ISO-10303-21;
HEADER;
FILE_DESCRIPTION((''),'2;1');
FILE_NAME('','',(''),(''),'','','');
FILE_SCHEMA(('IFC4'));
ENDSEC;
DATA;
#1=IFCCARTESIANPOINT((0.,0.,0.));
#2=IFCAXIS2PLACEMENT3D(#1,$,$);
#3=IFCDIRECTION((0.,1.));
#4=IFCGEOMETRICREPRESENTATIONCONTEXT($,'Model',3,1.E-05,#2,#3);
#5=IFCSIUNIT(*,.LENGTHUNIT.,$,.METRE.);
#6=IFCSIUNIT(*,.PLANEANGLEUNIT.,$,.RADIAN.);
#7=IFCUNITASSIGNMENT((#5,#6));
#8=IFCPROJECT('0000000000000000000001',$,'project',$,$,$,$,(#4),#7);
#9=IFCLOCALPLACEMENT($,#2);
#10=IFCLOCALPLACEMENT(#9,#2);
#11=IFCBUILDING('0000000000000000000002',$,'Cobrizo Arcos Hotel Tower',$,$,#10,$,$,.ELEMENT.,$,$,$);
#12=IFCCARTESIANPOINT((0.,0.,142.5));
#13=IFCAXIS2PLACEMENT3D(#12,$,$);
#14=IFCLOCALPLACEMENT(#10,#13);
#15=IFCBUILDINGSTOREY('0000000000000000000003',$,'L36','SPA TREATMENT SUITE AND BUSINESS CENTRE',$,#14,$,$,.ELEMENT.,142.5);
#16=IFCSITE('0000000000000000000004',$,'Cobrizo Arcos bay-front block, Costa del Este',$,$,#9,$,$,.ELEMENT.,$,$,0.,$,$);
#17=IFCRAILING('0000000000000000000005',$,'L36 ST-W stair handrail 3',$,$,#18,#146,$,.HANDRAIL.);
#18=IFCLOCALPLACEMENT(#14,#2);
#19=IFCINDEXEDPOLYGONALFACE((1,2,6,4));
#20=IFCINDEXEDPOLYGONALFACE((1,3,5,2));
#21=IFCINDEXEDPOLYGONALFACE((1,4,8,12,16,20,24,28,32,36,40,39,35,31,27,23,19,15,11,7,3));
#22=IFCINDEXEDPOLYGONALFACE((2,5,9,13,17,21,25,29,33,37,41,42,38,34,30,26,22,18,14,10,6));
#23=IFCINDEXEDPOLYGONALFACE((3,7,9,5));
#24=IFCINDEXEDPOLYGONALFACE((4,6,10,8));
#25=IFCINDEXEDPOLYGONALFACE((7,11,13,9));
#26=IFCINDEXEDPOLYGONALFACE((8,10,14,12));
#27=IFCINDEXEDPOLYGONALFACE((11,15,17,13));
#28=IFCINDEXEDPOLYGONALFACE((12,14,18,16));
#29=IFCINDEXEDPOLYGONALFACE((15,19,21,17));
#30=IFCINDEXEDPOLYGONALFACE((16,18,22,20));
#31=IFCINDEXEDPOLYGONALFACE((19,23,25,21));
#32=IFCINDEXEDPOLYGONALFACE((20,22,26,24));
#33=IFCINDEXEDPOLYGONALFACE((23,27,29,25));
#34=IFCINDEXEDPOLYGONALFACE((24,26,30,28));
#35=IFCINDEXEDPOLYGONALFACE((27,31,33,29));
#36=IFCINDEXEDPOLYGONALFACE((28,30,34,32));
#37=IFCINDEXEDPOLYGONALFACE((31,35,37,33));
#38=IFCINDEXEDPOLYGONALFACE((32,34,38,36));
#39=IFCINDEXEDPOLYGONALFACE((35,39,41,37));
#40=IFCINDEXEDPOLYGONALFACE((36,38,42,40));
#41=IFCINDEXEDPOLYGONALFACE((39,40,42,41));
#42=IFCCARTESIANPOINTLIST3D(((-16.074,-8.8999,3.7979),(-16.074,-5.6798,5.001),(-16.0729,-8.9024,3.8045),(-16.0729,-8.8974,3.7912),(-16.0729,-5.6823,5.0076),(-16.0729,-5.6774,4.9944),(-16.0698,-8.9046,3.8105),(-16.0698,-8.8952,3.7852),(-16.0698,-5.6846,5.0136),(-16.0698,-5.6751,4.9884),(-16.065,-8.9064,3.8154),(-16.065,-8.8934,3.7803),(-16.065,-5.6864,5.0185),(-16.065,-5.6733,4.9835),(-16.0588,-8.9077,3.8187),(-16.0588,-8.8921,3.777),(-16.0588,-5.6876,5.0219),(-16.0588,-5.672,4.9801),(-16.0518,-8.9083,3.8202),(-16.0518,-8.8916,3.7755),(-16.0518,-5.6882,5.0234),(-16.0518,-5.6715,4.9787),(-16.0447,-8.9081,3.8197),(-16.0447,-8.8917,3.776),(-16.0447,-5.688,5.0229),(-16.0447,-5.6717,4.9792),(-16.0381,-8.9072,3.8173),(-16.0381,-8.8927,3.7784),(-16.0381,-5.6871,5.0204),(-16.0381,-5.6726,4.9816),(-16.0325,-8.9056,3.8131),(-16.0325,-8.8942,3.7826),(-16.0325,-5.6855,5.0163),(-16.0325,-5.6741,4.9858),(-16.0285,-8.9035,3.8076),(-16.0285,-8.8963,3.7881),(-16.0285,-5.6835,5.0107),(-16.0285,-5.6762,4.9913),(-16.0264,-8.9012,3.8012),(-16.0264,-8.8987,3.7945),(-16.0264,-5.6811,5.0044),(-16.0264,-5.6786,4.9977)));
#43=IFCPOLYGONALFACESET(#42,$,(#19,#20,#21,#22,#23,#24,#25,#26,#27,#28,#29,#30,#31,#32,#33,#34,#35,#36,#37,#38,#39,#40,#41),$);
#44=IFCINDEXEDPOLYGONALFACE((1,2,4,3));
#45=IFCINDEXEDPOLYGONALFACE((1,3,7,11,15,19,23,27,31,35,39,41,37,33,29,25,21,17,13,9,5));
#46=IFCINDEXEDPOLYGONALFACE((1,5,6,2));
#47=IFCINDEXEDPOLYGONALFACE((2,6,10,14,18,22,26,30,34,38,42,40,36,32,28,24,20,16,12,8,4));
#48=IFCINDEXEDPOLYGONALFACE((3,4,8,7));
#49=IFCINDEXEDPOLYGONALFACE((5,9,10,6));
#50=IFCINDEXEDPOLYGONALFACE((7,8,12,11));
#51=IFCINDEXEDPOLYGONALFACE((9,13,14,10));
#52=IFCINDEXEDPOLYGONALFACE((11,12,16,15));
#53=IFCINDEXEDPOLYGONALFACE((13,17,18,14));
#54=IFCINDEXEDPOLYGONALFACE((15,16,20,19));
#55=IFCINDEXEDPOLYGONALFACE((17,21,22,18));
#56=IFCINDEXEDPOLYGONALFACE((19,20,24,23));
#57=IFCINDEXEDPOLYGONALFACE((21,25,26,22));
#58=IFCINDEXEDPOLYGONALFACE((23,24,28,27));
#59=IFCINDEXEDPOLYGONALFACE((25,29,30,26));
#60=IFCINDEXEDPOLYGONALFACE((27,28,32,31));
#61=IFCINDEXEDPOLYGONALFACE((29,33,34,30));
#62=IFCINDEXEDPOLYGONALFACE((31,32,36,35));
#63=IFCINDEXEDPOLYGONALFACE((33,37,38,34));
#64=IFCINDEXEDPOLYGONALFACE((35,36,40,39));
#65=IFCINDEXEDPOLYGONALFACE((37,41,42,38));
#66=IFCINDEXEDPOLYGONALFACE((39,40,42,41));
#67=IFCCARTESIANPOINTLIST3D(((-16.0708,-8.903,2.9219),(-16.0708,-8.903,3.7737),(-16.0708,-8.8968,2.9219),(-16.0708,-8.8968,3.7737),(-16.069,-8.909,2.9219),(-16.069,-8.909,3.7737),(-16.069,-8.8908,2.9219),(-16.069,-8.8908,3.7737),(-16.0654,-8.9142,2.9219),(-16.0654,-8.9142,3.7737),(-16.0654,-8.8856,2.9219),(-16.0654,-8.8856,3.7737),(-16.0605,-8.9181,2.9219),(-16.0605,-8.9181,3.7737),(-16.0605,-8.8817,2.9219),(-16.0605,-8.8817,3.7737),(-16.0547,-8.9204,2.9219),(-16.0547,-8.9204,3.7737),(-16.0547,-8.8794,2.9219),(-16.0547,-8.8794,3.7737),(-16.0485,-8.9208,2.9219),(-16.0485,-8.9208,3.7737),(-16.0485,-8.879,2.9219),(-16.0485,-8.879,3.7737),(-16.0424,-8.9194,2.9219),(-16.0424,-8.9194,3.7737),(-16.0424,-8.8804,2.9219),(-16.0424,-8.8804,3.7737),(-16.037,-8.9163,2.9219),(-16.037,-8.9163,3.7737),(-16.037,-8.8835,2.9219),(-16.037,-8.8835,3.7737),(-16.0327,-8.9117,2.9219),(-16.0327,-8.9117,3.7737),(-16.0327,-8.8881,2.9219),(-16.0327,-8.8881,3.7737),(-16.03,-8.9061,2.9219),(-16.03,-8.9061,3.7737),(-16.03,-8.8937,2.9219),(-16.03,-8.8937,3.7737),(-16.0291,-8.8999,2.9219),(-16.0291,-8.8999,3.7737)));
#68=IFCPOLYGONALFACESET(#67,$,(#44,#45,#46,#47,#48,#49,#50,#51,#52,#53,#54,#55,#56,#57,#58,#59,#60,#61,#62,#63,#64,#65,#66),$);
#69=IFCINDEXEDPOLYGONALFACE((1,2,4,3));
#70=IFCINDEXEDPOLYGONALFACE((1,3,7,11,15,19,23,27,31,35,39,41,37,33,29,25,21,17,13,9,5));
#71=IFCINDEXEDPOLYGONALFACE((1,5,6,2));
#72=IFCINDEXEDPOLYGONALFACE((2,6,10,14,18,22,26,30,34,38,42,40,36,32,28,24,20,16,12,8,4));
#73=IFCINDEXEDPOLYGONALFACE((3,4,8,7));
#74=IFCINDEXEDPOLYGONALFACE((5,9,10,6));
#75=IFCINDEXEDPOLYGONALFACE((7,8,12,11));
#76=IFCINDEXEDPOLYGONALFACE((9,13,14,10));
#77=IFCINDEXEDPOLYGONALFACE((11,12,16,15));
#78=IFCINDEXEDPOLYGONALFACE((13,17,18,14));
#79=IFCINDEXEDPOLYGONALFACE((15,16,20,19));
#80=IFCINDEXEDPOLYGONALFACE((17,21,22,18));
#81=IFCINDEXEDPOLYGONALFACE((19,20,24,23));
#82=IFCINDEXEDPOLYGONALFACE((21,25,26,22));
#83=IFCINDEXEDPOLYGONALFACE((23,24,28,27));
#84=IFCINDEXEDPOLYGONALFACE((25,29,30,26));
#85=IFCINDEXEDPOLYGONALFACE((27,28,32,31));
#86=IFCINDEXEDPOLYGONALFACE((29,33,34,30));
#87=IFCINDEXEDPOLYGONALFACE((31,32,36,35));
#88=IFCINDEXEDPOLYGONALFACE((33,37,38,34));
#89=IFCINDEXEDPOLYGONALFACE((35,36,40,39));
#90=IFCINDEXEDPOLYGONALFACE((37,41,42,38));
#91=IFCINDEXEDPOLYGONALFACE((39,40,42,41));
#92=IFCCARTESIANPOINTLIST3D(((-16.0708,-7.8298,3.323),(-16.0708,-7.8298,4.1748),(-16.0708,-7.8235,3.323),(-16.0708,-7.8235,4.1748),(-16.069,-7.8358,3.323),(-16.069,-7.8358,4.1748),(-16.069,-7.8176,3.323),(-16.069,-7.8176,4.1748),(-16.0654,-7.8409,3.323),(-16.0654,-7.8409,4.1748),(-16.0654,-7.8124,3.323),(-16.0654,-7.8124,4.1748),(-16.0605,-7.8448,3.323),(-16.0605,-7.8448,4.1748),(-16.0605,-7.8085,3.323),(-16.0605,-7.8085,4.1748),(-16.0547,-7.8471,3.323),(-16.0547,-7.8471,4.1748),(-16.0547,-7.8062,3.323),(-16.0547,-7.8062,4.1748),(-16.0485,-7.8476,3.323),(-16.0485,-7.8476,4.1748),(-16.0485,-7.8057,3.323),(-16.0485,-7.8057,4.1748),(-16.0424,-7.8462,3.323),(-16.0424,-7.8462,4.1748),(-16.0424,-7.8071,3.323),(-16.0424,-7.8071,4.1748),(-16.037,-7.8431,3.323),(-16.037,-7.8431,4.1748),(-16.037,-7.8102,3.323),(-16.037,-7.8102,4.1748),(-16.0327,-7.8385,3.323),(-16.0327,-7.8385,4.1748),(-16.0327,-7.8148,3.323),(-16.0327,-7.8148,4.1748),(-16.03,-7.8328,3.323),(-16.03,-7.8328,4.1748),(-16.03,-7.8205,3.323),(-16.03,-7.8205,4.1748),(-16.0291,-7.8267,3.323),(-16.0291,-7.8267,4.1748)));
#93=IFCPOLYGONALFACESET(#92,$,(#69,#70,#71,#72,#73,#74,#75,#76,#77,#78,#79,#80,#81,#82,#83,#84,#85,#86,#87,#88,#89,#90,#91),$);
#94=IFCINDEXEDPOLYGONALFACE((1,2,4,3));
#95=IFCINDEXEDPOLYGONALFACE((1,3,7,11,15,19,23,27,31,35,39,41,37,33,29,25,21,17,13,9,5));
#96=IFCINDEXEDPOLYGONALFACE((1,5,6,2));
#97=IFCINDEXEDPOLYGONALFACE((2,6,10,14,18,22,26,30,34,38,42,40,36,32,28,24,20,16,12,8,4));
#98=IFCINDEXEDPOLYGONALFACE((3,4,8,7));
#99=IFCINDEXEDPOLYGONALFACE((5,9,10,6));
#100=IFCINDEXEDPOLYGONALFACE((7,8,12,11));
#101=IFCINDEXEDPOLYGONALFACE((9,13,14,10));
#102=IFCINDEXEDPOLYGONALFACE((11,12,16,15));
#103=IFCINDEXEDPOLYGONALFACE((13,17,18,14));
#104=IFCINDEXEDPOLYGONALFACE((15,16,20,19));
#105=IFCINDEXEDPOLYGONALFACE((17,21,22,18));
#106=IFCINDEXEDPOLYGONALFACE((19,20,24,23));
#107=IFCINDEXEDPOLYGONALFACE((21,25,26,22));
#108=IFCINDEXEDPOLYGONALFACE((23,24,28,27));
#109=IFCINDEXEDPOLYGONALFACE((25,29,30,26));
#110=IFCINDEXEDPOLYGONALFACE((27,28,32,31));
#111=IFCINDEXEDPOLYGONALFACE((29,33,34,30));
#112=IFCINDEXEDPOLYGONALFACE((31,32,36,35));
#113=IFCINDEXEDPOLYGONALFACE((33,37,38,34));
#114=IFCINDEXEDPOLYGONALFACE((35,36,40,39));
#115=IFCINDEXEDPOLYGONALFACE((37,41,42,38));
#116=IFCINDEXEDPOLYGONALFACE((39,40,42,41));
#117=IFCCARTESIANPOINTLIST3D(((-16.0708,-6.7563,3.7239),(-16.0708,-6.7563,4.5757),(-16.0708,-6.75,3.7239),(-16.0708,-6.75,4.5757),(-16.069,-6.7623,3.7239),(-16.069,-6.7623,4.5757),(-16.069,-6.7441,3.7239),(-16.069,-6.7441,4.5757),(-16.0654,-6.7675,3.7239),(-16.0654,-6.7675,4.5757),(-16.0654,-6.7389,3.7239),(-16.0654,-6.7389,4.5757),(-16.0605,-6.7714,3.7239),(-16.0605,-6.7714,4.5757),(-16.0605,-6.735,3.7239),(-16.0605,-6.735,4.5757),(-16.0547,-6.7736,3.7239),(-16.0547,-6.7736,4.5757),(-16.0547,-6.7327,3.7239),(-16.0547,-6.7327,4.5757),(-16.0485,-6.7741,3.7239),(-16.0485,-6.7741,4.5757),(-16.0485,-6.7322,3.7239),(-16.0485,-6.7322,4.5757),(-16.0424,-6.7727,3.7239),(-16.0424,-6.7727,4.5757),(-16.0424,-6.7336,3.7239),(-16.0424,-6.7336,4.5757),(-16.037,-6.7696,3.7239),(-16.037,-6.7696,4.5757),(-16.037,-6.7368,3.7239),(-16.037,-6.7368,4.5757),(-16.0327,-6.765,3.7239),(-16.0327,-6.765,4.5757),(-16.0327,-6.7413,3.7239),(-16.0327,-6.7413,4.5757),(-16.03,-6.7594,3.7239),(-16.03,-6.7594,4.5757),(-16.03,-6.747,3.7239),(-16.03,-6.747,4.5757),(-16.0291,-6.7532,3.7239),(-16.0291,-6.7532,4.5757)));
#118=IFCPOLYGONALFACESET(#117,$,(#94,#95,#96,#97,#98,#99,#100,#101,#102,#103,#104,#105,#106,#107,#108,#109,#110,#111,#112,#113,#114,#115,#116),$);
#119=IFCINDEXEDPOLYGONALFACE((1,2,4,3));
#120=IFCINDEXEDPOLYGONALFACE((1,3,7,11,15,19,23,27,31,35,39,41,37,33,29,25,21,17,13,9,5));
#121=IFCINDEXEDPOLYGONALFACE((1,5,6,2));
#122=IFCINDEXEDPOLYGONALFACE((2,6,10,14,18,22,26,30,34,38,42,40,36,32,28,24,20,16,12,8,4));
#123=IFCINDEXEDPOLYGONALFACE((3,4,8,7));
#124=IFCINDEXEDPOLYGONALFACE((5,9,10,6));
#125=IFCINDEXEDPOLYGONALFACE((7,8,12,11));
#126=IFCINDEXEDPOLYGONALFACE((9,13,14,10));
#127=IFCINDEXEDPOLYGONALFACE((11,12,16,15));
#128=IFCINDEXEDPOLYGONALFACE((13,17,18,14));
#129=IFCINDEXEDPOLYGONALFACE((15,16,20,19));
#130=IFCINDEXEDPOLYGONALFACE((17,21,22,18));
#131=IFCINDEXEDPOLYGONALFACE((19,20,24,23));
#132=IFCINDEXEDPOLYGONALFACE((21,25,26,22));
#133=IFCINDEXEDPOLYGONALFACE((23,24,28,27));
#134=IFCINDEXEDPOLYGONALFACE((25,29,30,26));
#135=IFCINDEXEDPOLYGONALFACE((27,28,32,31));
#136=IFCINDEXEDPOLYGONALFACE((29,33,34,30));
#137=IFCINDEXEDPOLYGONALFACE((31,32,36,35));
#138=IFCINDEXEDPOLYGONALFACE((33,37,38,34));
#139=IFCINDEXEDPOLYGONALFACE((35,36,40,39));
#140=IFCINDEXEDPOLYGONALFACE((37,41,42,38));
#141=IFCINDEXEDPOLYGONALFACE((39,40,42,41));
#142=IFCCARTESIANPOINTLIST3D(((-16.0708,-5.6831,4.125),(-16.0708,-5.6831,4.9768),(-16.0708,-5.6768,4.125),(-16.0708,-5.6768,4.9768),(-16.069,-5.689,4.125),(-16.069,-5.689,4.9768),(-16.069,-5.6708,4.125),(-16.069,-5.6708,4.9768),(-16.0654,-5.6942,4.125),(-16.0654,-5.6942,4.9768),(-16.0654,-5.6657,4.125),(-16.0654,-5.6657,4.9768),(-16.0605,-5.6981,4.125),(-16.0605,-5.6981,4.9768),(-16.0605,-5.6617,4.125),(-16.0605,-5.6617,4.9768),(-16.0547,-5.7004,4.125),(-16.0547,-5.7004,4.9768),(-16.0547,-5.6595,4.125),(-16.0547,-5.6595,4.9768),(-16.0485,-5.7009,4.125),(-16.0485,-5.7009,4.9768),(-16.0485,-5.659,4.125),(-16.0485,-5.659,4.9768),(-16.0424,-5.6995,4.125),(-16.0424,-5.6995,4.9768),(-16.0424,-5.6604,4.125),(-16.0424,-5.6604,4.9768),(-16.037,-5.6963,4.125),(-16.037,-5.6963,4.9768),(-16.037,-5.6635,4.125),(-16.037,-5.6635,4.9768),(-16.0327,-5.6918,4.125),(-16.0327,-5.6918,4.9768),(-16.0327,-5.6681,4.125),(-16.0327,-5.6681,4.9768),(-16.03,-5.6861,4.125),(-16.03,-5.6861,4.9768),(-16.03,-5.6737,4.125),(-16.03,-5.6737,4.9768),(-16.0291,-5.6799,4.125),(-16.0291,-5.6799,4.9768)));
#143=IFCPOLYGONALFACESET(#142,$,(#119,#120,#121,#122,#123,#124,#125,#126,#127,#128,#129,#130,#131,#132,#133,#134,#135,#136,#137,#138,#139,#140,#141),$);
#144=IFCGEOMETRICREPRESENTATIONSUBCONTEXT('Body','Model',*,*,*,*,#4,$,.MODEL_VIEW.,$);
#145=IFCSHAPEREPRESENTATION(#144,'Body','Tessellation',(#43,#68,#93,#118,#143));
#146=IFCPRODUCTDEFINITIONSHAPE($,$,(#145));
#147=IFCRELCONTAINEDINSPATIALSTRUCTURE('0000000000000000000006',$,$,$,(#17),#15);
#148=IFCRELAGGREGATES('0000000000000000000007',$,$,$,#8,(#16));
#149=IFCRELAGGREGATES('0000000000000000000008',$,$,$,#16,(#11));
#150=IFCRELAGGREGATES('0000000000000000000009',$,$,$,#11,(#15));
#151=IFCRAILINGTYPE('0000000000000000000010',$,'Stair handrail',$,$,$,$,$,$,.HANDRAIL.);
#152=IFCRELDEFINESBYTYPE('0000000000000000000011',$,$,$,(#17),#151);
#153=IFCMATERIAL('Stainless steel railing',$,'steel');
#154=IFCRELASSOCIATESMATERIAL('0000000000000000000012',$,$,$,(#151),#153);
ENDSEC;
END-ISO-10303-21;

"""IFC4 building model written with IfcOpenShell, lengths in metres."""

from ifc_helpers import new_model, si_unit, direction, frame, origin, origin_2d, place, context, subcontext, project, spatial, circle, extrude, material, type_object, element, save


model = new_model("IFC4")

# Units and contexts
model_context = context("Model", 3, precision=1e-05, world=origin(), true_north=direction((0.0, 1.0)))
body_context = subcontext(model_context, "Body", "Model", "MODEL_VIEW")
ifc_project = project(units=[si_unit("LENGTHUNIT", "METRE"), si_unit("PLANEANGLEUNIT", "RADIAN")], contexts=[model_context])

# Site, building, storey
site_placement = place(None, origin())
site = spatial("IfcSite", under=ifc_project, at=site_placement, Name="Cobrizo Arcos bay-front block, Costa del Este", CompositionType="ELEMENT", RefElevation=0.0)
building_placement = place(site_placement, origin())
building = spatial("IfcBuilding", under=site, at=building_placement, Name="Cobrizo Arcos Hotel Tower", CompositionType="ELEMENT")
storey_placement = place(building_placement, frame((0.0, 0.0, 142.5)))
storey = spatial("IfcBuildingStorey", under=building, at=storey_placement, Name="L36", Description="SPA TREATMENT SUITE AND BUSINESS CENTRE", CompositionType="ELEMENT", Elevation=142.5)

# Railing
ifc_material_1 = material(Name="Stainless steel railing", Category="steel")
railing_type_1 = type_object("IfcRailingType", Name="Stair handrail", PredefinedType="HANDRAIL", material=ifc_material_1)
railing_1_placement = place(storey_placement, frame((-16.05, -8.8999, 2.9219)))
element("IfcRailing", 1, at=railing_1_placement, inside=storey, type_object=railing_type_1, Name="L36 ST-W stair handrail 3", PredefinedType="HANDRAIL", context=body_context, shape_type="SweptSolid", body=[
    extrude(circle(Radius=0.0239, at=origin_2d()), frame((0.0, 0.0, 0.876), z_axis=(0.0, 0.936746, 0.35001), x_axis=(-1.0, 0.0, 0.0)), (0.0, 0.0, 1.0), 3.4375),
    extrude(circle(Radius=0.021, at=origin_2d()), origin(), (0.0, 0.0, 1.0), 0.8518),
    extrude(circle(Radius=0.021, at=origin_2d()), frame((0.0, 1.0732, 0.4011)), (0.0, 0.0, 1.0), 0.8518),
    extrude(circle(Radius=0.021, at=origin_2d()), frame((0.0, 2.1467, 0.802)), (0.0, 0.0, 1.0), 0.8518),
    extrude(circle(Radius=0.021, at=origin_2d()), frame((0.0, 3.22, 1.2031)), (0.0, 0.0, 1.0), 0.8518),
])

save(model, "model.ifc")
